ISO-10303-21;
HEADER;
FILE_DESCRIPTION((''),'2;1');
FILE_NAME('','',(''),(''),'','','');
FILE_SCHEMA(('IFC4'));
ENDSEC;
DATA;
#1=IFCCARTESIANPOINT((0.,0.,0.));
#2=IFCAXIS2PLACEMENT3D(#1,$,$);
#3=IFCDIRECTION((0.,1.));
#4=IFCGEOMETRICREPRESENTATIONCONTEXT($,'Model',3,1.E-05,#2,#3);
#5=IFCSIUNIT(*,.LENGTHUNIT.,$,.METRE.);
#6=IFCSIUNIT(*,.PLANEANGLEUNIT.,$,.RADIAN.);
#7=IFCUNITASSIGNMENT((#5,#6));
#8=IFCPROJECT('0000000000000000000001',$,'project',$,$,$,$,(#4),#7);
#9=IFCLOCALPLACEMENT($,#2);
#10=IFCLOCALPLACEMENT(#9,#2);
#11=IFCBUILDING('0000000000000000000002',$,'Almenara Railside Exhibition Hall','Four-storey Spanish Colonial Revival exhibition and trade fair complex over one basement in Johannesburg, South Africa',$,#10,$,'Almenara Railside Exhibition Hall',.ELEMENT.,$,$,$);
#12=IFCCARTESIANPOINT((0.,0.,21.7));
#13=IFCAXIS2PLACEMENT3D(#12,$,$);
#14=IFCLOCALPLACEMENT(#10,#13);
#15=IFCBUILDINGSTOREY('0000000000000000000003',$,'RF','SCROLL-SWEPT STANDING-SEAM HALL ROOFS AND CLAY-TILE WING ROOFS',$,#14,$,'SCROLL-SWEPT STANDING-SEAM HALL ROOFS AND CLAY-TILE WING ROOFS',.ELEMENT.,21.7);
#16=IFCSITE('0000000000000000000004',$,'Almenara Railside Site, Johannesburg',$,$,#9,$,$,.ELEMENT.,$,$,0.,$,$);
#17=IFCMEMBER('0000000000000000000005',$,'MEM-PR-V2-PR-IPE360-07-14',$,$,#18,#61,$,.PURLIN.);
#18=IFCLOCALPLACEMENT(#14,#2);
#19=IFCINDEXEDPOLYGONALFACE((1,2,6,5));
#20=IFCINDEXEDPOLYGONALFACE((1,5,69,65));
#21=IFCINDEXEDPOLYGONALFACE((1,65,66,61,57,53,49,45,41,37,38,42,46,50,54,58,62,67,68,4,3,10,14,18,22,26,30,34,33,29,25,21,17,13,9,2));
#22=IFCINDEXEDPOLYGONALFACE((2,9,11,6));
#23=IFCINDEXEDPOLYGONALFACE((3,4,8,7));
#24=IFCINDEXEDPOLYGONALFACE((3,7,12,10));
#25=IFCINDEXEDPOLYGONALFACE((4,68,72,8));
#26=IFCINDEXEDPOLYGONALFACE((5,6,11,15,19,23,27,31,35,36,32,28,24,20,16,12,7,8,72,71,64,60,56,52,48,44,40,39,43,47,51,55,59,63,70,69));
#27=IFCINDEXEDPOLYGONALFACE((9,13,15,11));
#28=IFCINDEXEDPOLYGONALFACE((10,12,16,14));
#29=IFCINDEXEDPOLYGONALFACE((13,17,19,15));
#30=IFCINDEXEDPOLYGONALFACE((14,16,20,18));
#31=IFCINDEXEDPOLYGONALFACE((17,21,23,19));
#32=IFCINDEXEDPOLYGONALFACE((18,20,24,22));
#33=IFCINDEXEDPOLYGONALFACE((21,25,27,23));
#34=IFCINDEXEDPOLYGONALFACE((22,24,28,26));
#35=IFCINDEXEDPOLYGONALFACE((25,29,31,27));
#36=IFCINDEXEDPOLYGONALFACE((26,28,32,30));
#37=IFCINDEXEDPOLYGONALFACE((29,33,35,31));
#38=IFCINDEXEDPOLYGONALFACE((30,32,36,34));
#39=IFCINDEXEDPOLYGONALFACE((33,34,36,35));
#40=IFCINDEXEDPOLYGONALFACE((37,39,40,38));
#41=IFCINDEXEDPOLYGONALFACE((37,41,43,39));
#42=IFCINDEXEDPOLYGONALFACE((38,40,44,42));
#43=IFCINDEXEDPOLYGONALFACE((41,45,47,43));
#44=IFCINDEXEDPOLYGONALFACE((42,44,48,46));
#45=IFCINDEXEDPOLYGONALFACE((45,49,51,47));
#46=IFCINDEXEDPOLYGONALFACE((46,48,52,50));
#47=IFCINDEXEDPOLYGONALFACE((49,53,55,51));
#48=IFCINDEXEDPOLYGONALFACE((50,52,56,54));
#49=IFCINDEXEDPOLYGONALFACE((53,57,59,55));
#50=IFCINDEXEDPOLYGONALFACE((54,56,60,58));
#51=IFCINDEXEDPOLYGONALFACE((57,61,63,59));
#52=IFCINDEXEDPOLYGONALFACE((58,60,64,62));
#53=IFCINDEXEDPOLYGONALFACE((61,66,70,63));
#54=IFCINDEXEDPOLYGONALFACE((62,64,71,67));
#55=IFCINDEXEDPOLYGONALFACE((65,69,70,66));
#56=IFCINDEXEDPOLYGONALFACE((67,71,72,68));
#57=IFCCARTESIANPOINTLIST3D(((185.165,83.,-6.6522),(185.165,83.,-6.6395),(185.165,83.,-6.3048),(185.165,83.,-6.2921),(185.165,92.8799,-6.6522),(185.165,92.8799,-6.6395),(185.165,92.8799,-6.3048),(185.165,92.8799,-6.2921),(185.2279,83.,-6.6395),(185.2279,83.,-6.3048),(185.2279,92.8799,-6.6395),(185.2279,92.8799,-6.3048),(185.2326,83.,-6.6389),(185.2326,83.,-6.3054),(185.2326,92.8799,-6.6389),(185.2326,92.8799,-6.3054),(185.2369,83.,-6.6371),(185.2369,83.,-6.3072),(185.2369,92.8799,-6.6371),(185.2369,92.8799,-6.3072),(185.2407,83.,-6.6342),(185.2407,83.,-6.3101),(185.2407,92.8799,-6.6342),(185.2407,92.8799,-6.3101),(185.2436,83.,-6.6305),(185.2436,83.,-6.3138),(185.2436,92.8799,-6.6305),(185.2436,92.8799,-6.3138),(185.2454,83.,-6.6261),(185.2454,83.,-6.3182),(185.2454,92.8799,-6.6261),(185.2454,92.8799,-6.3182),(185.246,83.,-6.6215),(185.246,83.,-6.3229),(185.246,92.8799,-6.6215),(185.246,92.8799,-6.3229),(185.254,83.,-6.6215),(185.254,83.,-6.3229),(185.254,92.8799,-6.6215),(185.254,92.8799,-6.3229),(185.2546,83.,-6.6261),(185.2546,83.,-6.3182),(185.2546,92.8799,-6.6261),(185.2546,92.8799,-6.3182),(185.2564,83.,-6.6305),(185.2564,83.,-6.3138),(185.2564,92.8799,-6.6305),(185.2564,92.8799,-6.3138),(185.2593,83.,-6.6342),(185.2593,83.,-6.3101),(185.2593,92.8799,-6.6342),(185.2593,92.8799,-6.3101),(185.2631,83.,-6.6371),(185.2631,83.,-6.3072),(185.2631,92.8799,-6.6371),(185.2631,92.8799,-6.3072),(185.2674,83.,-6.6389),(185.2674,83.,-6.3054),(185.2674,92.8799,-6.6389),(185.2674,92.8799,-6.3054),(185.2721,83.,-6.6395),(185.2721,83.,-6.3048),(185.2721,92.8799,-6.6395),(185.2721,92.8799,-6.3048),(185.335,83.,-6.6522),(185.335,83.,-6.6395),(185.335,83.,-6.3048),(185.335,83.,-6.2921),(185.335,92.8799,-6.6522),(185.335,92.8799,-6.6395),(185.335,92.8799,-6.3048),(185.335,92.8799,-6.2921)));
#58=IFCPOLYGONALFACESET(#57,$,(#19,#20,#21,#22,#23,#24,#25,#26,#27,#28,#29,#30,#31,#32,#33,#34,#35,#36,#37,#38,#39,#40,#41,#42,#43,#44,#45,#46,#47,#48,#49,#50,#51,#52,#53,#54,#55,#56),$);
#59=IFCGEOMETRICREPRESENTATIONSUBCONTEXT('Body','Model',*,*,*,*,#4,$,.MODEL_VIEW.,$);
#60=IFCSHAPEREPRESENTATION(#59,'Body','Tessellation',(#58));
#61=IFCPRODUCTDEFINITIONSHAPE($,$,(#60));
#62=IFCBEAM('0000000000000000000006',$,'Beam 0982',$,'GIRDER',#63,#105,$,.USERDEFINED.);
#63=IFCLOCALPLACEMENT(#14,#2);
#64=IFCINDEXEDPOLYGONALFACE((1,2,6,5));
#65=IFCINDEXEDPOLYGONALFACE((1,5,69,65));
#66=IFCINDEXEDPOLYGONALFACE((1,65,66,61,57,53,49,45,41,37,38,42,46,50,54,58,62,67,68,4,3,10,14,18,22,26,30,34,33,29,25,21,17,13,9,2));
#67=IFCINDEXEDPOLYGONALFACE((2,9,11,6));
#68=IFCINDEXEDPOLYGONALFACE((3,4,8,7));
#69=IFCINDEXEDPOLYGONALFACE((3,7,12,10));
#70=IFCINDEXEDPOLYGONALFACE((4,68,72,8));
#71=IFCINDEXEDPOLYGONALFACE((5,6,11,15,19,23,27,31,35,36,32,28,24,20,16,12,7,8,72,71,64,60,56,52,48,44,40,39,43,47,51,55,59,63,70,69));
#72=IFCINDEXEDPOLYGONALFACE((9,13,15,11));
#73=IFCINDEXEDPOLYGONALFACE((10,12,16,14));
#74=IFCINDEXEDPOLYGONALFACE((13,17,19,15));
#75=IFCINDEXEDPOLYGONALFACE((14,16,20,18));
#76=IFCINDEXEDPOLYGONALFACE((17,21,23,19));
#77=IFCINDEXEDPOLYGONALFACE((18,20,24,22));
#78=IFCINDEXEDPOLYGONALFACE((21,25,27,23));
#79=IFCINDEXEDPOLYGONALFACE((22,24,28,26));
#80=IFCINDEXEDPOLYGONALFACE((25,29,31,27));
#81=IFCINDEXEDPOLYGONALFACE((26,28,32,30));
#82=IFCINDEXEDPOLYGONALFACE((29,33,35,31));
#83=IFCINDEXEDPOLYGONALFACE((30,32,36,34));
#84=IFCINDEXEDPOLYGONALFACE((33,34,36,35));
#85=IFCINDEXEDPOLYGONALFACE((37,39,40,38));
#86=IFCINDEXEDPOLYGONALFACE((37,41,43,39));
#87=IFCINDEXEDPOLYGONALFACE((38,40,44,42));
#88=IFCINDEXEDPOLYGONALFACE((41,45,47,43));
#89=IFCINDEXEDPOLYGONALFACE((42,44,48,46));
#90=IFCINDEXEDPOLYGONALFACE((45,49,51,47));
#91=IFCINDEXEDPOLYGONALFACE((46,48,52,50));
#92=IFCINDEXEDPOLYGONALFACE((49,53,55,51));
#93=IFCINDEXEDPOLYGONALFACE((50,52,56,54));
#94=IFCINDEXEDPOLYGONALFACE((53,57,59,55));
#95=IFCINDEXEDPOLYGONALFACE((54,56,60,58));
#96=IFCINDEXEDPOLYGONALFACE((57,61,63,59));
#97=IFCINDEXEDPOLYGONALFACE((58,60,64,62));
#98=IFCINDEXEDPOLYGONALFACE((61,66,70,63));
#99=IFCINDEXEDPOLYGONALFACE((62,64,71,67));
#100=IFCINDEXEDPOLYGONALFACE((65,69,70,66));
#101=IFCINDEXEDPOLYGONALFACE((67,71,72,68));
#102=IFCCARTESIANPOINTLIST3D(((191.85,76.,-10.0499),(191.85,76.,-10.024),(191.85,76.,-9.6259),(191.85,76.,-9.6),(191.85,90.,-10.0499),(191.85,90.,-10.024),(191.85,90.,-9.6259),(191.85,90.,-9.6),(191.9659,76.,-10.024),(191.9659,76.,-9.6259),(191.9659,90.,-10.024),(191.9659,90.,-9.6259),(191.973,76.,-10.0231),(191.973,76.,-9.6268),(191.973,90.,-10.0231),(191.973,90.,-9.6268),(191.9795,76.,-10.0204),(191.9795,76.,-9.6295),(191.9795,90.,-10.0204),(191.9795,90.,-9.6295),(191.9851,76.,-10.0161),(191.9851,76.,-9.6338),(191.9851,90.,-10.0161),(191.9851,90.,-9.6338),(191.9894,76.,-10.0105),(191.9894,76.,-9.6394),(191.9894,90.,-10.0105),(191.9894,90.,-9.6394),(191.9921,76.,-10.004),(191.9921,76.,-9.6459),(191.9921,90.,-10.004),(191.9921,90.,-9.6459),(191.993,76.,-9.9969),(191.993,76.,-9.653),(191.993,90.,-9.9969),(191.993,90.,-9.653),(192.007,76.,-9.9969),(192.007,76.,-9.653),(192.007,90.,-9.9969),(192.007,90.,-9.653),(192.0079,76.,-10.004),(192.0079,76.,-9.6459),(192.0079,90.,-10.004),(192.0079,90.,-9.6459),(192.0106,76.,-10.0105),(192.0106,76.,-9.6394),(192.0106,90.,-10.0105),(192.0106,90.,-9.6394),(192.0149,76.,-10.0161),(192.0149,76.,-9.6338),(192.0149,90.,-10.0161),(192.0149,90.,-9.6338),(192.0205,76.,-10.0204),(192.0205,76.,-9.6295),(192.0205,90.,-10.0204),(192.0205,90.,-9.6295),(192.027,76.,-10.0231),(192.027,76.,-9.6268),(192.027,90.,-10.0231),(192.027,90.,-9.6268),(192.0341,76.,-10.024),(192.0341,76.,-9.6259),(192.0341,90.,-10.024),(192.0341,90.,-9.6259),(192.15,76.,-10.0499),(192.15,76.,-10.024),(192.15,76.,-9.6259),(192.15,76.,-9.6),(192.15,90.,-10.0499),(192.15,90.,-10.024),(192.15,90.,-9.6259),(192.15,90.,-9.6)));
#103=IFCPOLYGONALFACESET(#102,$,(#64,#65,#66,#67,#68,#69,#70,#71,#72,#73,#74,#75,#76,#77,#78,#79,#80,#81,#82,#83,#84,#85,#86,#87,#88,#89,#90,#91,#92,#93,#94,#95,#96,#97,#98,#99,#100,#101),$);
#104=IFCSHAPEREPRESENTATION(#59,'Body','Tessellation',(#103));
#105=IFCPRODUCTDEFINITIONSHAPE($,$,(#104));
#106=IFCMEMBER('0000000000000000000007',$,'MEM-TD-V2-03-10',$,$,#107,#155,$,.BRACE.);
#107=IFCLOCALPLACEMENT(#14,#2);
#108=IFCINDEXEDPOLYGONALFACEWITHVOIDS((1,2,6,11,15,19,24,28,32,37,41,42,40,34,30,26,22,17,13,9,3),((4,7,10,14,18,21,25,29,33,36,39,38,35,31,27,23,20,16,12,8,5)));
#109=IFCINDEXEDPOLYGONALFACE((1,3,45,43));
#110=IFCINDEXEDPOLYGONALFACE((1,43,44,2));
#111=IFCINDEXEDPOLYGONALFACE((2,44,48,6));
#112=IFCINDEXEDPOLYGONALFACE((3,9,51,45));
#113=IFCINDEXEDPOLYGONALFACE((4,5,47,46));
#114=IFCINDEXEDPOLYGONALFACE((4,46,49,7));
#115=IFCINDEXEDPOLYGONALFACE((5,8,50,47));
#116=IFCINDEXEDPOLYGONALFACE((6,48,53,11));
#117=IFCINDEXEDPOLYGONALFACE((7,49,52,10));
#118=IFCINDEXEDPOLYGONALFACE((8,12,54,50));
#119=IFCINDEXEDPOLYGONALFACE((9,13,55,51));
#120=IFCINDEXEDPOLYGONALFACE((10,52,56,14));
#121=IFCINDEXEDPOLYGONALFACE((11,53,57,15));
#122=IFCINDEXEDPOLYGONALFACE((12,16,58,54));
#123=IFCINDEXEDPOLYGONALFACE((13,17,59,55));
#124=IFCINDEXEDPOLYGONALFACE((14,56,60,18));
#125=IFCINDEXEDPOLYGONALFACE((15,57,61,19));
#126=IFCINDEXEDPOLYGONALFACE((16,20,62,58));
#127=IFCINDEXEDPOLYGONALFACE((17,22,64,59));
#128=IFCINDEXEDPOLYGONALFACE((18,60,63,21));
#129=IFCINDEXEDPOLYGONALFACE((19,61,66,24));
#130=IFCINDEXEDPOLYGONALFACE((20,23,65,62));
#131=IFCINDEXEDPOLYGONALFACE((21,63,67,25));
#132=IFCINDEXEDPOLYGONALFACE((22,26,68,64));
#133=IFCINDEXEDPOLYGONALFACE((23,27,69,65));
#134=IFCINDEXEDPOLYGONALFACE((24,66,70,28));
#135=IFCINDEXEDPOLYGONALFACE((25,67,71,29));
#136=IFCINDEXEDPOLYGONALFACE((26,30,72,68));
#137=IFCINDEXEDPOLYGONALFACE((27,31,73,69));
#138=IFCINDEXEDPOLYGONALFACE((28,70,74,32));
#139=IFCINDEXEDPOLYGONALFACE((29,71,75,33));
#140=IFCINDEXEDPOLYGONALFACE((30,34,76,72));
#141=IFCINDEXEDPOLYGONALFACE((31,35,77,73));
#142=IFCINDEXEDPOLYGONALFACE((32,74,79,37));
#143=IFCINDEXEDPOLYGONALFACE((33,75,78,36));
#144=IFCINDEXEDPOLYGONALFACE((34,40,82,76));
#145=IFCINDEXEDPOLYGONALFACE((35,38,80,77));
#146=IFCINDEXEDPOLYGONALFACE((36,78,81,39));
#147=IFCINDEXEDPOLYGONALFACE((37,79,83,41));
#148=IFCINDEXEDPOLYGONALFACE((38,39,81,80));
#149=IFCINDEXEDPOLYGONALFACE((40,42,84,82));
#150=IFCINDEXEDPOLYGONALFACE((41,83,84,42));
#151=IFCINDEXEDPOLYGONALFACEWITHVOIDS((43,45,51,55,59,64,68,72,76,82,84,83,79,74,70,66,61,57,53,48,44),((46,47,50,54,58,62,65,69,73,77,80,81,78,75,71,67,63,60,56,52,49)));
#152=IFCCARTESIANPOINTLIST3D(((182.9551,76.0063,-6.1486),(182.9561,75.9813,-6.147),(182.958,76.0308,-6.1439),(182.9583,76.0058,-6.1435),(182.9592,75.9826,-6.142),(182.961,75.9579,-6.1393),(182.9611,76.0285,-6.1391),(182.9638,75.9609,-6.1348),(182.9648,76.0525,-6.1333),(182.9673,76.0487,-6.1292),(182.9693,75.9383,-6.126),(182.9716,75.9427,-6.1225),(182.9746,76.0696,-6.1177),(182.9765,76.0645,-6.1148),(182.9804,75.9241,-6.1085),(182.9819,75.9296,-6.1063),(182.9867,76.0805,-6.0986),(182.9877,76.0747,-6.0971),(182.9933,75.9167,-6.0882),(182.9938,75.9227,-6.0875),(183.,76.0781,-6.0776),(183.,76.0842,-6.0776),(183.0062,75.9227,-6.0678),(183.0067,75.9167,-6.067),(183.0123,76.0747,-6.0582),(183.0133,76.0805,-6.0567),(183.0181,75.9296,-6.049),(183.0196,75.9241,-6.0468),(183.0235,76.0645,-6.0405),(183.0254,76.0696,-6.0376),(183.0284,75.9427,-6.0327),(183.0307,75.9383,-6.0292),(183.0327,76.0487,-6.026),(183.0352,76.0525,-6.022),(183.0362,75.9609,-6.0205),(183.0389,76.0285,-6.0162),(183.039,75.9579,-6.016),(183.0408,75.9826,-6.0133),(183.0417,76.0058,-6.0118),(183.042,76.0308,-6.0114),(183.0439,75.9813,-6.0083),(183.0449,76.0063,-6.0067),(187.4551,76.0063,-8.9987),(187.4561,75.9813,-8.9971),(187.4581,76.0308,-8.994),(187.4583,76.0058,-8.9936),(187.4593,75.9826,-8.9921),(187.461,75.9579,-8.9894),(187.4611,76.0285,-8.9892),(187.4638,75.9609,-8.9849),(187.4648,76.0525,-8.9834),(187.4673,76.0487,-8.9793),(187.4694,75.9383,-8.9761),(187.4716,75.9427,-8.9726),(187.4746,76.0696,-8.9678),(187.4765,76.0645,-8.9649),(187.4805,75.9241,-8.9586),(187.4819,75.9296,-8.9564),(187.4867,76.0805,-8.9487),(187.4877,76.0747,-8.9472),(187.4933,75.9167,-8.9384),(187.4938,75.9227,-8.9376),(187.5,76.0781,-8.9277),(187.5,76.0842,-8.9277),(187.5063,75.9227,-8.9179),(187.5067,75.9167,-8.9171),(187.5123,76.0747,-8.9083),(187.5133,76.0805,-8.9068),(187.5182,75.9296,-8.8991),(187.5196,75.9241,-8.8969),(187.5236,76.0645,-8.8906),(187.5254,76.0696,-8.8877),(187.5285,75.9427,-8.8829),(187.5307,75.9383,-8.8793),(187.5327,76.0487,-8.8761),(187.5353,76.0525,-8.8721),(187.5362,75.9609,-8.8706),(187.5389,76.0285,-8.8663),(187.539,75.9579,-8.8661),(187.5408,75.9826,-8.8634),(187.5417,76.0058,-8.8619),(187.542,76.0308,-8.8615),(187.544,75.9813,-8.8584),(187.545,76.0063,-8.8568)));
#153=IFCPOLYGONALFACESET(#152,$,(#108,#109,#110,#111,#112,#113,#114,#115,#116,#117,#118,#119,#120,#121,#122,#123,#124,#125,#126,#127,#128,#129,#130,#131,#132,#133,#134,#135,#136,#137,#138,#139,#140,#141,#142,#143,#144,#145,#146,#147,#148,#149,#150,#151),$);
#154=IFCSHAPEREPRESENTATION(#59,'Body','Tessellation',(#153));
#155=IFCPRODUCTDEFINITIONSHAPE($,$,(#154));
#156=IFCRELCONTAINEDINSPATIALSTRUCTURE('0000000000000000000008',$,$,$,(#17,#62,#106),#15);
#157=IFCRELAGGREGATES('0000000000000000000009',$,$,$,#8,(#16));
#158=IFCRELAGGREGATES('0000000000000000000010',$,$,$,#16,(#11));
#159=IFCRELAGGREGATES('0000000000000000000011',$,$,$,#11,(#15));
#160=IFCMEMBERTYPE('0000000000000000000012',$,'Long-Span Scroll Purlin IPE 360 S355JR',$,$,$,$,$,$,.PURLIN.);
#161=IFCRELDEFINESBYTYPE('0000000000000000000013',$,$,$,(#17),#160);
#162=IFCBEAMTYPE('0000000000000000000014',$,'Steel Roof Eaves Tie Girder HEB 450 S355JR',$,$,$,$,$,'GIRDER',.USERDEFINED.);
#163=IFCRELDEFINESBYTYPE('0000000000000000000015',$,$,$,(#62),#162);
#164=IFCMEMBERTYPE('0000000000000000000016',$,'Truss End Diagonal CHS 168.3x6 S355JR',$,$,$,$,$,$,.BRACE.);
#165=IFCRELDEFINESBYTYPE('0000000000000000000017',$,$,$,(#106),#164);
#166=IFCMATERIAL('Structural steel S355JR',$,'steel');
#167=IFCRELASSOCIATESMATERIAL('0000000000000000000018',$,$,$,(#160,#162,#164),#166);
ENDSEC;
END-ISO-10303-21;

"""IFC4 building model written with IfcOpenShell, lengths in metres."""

from ifc_helpers import new_model, si_unit, direction, frame, origin, origin_2d, place, context, subcontext, project, spatial, hollow_circle, i_section, extrude, material, material_profile, profile_set, type_object, element, save


model = new_model("IFC4")

# Units and contexts
model_context = context("Model", 3, precision=1e-05, world=origin(), true_north=direction((0.0, 1.0)))
body_context = subcontext(model_context, "Body", "Model", "MODEL_VIEW")
ifc_project = project(units=[si_unit("LENGTHUNIT", "METRE"), si_unit("PLANEANGLEUNIT", "RADIAN")], contexts=[model_context])

# Site, building, storey
site_placement = place(None, origin())
site = spatial("IfcSite", under=ifc_project, at=site_placement, Name="Almenara Railside Site, Johannesburg", CompositionType="ELEMENT", RefElevation=0.0)
building_placement = place(site_placement, origin())
building = spatial("IfcBuilding", under=site, at=building_placement, Name="Almenara Railside Exhibition Hall", Description="Four-storey Spanish Colonial Revival exhibition and trade fair complex over one basement in Johannesburg, South Africa", LongName="Almenara Railside Exhibition Hall", CompositionType="ELEMENT")
storey_placement = place(building_placement, frame((0.0, 0.0, 21.7)))
storey = spatial("IfcBuildingStorey", under=building, at=storey_placement, Name="RF", Description="SCROLL-SWEPT STANDING-SEAM HALL ROOFS AND CLAY-TILE WING ROOFS", LongName="SCROLL-SWEPT STANDING-SEAM HALL ROOFS AND CLAY-TILE WING ROOFS", CompositionType="ELEMENT", Elevation=21.7)

# Member
ifc_material_1 = material(Name="Structural steel S355JR", Category="steel")
ifc_material_profile_1 = material_profile(ifc_material_1, i_section(OverallWidth=0.1699, OverallDepth=0.3601, WebThickness=0.0081, FlangeThickness=0.0127, FilletRadius=0.0181, at=origin_2d()), Name="IPE 360")
ifc_profile_set_1 = profile_set([ifc_material_profile_1], Name="Structural steel S355JR")
member_type_1 = type_object("IfcMemberType", Name="Long-Span Scroll Purlin IPE 360 S355JR", PredefinedType="PURLIN", material=ifc_profile_set_1)
member_1_placement = place(storey_placement, frame((185.25, 83.0, -6.4722), z_axis=(0.0, 1.0, 0.0), x_axis=(-1.0, 0.0, 0.0)))
element("IfcMember", 1, at=member_1_placement, inside=storey, type_object=member_type_1, Name="MEM-PR-V2-PR-IPE360-07-14", PredefinedType="PURLIN", context=body_context, shape_type="SweptSolid", body=[
    extrude(i_section(OverallWidth=0.1699, OverallDepth=0.3601, WebThickness=0.0081, FlangeThickness=0.0127, FilletRadius=0.0181, at=origin_2d()), origin(), (0.0, 0.0, 1.0), 9.8799),
])

# Beam
ifc_material_profile_2 = material_profile(ifc_material_1, i_section(OverallWidth=0.3, OverallDepth=0.45, WebThickness=0.0139, FlangeThickness=0.0259, FilletRadius=0.0271, at=origin_2d()), Name="HEB 450")
ifc_profile_set_2 = profile_set([ifc_material_profile_2], Name="Structural steel S355JR")
beam_type = type_object("IfcBeamType", Name="Steel Roof Eaves Tie Girder HEB 450 S355JR", ElementType="GIRDER", PredefinedType="USERDEFINED", material=ifc_profile_set_2)
beam_placement = place(storey_placement, frame((192.0, 76.0, -9.825), z_axis=(0.0, 1.0, 0.0), x_axis=(-1.0, 0.0, 0.0)))
element("IfcBeam", 2, at=beam_placement, inside=storey, type_object=beam_type, Name="Beam 0982", ObjectType="GIRDER", PredefinedType="USERDEFINED", context=body_context, shape_type="SweptSolid", body=[
    extrude(i_section(OverallWidth=0.3, OverallDepth=0.45, WebThickness=0.0139, FlangeThickness=0.0259, FilletRadius=0.0271, at=origin_2d()), origin(), (0.0, 0.0, 1.0), 14.0),
])

# Member
ifc_material_profile_3 = material_profile(ifc_material_1, hollow_circle(Radius=0.0842, WallThickness=0.0061, at=origin_2d()), Name="CHS 168.3x6")
ifc_profile_set_3 = profile_set([ifc_material_profile_3], Name="Structural steel S355JR")
member_type_2 = type_object("IfcMemberType", Name="Truss End Diagonal CHS 168.3x6 S355JR", PredefinedType="BRACE", material=ifc_profile_set_3)
member_2_placement = place(storey_placement, frame((183.0, 76.0, -6.0776), z_axis=(0.844811, 0.0, -0.535065), x_axis=(0.0, 1.0, 0.0)))
element("IfcMember", 3, at=member_2_placement, inside=storey, type_object=member_type_2, Name="MEM-TD-V2-03-10", PredefinedType="BRACE", context=body_context, shape_type="SweptSolid", body=[
    extrude(hollow_circle(Radius=0.0842, WallThickness=0.0061, at=origin_2d()), origin(), (0.0, 0.0, 1.0), 5.3267),
])

save(model, "model.ifc")
